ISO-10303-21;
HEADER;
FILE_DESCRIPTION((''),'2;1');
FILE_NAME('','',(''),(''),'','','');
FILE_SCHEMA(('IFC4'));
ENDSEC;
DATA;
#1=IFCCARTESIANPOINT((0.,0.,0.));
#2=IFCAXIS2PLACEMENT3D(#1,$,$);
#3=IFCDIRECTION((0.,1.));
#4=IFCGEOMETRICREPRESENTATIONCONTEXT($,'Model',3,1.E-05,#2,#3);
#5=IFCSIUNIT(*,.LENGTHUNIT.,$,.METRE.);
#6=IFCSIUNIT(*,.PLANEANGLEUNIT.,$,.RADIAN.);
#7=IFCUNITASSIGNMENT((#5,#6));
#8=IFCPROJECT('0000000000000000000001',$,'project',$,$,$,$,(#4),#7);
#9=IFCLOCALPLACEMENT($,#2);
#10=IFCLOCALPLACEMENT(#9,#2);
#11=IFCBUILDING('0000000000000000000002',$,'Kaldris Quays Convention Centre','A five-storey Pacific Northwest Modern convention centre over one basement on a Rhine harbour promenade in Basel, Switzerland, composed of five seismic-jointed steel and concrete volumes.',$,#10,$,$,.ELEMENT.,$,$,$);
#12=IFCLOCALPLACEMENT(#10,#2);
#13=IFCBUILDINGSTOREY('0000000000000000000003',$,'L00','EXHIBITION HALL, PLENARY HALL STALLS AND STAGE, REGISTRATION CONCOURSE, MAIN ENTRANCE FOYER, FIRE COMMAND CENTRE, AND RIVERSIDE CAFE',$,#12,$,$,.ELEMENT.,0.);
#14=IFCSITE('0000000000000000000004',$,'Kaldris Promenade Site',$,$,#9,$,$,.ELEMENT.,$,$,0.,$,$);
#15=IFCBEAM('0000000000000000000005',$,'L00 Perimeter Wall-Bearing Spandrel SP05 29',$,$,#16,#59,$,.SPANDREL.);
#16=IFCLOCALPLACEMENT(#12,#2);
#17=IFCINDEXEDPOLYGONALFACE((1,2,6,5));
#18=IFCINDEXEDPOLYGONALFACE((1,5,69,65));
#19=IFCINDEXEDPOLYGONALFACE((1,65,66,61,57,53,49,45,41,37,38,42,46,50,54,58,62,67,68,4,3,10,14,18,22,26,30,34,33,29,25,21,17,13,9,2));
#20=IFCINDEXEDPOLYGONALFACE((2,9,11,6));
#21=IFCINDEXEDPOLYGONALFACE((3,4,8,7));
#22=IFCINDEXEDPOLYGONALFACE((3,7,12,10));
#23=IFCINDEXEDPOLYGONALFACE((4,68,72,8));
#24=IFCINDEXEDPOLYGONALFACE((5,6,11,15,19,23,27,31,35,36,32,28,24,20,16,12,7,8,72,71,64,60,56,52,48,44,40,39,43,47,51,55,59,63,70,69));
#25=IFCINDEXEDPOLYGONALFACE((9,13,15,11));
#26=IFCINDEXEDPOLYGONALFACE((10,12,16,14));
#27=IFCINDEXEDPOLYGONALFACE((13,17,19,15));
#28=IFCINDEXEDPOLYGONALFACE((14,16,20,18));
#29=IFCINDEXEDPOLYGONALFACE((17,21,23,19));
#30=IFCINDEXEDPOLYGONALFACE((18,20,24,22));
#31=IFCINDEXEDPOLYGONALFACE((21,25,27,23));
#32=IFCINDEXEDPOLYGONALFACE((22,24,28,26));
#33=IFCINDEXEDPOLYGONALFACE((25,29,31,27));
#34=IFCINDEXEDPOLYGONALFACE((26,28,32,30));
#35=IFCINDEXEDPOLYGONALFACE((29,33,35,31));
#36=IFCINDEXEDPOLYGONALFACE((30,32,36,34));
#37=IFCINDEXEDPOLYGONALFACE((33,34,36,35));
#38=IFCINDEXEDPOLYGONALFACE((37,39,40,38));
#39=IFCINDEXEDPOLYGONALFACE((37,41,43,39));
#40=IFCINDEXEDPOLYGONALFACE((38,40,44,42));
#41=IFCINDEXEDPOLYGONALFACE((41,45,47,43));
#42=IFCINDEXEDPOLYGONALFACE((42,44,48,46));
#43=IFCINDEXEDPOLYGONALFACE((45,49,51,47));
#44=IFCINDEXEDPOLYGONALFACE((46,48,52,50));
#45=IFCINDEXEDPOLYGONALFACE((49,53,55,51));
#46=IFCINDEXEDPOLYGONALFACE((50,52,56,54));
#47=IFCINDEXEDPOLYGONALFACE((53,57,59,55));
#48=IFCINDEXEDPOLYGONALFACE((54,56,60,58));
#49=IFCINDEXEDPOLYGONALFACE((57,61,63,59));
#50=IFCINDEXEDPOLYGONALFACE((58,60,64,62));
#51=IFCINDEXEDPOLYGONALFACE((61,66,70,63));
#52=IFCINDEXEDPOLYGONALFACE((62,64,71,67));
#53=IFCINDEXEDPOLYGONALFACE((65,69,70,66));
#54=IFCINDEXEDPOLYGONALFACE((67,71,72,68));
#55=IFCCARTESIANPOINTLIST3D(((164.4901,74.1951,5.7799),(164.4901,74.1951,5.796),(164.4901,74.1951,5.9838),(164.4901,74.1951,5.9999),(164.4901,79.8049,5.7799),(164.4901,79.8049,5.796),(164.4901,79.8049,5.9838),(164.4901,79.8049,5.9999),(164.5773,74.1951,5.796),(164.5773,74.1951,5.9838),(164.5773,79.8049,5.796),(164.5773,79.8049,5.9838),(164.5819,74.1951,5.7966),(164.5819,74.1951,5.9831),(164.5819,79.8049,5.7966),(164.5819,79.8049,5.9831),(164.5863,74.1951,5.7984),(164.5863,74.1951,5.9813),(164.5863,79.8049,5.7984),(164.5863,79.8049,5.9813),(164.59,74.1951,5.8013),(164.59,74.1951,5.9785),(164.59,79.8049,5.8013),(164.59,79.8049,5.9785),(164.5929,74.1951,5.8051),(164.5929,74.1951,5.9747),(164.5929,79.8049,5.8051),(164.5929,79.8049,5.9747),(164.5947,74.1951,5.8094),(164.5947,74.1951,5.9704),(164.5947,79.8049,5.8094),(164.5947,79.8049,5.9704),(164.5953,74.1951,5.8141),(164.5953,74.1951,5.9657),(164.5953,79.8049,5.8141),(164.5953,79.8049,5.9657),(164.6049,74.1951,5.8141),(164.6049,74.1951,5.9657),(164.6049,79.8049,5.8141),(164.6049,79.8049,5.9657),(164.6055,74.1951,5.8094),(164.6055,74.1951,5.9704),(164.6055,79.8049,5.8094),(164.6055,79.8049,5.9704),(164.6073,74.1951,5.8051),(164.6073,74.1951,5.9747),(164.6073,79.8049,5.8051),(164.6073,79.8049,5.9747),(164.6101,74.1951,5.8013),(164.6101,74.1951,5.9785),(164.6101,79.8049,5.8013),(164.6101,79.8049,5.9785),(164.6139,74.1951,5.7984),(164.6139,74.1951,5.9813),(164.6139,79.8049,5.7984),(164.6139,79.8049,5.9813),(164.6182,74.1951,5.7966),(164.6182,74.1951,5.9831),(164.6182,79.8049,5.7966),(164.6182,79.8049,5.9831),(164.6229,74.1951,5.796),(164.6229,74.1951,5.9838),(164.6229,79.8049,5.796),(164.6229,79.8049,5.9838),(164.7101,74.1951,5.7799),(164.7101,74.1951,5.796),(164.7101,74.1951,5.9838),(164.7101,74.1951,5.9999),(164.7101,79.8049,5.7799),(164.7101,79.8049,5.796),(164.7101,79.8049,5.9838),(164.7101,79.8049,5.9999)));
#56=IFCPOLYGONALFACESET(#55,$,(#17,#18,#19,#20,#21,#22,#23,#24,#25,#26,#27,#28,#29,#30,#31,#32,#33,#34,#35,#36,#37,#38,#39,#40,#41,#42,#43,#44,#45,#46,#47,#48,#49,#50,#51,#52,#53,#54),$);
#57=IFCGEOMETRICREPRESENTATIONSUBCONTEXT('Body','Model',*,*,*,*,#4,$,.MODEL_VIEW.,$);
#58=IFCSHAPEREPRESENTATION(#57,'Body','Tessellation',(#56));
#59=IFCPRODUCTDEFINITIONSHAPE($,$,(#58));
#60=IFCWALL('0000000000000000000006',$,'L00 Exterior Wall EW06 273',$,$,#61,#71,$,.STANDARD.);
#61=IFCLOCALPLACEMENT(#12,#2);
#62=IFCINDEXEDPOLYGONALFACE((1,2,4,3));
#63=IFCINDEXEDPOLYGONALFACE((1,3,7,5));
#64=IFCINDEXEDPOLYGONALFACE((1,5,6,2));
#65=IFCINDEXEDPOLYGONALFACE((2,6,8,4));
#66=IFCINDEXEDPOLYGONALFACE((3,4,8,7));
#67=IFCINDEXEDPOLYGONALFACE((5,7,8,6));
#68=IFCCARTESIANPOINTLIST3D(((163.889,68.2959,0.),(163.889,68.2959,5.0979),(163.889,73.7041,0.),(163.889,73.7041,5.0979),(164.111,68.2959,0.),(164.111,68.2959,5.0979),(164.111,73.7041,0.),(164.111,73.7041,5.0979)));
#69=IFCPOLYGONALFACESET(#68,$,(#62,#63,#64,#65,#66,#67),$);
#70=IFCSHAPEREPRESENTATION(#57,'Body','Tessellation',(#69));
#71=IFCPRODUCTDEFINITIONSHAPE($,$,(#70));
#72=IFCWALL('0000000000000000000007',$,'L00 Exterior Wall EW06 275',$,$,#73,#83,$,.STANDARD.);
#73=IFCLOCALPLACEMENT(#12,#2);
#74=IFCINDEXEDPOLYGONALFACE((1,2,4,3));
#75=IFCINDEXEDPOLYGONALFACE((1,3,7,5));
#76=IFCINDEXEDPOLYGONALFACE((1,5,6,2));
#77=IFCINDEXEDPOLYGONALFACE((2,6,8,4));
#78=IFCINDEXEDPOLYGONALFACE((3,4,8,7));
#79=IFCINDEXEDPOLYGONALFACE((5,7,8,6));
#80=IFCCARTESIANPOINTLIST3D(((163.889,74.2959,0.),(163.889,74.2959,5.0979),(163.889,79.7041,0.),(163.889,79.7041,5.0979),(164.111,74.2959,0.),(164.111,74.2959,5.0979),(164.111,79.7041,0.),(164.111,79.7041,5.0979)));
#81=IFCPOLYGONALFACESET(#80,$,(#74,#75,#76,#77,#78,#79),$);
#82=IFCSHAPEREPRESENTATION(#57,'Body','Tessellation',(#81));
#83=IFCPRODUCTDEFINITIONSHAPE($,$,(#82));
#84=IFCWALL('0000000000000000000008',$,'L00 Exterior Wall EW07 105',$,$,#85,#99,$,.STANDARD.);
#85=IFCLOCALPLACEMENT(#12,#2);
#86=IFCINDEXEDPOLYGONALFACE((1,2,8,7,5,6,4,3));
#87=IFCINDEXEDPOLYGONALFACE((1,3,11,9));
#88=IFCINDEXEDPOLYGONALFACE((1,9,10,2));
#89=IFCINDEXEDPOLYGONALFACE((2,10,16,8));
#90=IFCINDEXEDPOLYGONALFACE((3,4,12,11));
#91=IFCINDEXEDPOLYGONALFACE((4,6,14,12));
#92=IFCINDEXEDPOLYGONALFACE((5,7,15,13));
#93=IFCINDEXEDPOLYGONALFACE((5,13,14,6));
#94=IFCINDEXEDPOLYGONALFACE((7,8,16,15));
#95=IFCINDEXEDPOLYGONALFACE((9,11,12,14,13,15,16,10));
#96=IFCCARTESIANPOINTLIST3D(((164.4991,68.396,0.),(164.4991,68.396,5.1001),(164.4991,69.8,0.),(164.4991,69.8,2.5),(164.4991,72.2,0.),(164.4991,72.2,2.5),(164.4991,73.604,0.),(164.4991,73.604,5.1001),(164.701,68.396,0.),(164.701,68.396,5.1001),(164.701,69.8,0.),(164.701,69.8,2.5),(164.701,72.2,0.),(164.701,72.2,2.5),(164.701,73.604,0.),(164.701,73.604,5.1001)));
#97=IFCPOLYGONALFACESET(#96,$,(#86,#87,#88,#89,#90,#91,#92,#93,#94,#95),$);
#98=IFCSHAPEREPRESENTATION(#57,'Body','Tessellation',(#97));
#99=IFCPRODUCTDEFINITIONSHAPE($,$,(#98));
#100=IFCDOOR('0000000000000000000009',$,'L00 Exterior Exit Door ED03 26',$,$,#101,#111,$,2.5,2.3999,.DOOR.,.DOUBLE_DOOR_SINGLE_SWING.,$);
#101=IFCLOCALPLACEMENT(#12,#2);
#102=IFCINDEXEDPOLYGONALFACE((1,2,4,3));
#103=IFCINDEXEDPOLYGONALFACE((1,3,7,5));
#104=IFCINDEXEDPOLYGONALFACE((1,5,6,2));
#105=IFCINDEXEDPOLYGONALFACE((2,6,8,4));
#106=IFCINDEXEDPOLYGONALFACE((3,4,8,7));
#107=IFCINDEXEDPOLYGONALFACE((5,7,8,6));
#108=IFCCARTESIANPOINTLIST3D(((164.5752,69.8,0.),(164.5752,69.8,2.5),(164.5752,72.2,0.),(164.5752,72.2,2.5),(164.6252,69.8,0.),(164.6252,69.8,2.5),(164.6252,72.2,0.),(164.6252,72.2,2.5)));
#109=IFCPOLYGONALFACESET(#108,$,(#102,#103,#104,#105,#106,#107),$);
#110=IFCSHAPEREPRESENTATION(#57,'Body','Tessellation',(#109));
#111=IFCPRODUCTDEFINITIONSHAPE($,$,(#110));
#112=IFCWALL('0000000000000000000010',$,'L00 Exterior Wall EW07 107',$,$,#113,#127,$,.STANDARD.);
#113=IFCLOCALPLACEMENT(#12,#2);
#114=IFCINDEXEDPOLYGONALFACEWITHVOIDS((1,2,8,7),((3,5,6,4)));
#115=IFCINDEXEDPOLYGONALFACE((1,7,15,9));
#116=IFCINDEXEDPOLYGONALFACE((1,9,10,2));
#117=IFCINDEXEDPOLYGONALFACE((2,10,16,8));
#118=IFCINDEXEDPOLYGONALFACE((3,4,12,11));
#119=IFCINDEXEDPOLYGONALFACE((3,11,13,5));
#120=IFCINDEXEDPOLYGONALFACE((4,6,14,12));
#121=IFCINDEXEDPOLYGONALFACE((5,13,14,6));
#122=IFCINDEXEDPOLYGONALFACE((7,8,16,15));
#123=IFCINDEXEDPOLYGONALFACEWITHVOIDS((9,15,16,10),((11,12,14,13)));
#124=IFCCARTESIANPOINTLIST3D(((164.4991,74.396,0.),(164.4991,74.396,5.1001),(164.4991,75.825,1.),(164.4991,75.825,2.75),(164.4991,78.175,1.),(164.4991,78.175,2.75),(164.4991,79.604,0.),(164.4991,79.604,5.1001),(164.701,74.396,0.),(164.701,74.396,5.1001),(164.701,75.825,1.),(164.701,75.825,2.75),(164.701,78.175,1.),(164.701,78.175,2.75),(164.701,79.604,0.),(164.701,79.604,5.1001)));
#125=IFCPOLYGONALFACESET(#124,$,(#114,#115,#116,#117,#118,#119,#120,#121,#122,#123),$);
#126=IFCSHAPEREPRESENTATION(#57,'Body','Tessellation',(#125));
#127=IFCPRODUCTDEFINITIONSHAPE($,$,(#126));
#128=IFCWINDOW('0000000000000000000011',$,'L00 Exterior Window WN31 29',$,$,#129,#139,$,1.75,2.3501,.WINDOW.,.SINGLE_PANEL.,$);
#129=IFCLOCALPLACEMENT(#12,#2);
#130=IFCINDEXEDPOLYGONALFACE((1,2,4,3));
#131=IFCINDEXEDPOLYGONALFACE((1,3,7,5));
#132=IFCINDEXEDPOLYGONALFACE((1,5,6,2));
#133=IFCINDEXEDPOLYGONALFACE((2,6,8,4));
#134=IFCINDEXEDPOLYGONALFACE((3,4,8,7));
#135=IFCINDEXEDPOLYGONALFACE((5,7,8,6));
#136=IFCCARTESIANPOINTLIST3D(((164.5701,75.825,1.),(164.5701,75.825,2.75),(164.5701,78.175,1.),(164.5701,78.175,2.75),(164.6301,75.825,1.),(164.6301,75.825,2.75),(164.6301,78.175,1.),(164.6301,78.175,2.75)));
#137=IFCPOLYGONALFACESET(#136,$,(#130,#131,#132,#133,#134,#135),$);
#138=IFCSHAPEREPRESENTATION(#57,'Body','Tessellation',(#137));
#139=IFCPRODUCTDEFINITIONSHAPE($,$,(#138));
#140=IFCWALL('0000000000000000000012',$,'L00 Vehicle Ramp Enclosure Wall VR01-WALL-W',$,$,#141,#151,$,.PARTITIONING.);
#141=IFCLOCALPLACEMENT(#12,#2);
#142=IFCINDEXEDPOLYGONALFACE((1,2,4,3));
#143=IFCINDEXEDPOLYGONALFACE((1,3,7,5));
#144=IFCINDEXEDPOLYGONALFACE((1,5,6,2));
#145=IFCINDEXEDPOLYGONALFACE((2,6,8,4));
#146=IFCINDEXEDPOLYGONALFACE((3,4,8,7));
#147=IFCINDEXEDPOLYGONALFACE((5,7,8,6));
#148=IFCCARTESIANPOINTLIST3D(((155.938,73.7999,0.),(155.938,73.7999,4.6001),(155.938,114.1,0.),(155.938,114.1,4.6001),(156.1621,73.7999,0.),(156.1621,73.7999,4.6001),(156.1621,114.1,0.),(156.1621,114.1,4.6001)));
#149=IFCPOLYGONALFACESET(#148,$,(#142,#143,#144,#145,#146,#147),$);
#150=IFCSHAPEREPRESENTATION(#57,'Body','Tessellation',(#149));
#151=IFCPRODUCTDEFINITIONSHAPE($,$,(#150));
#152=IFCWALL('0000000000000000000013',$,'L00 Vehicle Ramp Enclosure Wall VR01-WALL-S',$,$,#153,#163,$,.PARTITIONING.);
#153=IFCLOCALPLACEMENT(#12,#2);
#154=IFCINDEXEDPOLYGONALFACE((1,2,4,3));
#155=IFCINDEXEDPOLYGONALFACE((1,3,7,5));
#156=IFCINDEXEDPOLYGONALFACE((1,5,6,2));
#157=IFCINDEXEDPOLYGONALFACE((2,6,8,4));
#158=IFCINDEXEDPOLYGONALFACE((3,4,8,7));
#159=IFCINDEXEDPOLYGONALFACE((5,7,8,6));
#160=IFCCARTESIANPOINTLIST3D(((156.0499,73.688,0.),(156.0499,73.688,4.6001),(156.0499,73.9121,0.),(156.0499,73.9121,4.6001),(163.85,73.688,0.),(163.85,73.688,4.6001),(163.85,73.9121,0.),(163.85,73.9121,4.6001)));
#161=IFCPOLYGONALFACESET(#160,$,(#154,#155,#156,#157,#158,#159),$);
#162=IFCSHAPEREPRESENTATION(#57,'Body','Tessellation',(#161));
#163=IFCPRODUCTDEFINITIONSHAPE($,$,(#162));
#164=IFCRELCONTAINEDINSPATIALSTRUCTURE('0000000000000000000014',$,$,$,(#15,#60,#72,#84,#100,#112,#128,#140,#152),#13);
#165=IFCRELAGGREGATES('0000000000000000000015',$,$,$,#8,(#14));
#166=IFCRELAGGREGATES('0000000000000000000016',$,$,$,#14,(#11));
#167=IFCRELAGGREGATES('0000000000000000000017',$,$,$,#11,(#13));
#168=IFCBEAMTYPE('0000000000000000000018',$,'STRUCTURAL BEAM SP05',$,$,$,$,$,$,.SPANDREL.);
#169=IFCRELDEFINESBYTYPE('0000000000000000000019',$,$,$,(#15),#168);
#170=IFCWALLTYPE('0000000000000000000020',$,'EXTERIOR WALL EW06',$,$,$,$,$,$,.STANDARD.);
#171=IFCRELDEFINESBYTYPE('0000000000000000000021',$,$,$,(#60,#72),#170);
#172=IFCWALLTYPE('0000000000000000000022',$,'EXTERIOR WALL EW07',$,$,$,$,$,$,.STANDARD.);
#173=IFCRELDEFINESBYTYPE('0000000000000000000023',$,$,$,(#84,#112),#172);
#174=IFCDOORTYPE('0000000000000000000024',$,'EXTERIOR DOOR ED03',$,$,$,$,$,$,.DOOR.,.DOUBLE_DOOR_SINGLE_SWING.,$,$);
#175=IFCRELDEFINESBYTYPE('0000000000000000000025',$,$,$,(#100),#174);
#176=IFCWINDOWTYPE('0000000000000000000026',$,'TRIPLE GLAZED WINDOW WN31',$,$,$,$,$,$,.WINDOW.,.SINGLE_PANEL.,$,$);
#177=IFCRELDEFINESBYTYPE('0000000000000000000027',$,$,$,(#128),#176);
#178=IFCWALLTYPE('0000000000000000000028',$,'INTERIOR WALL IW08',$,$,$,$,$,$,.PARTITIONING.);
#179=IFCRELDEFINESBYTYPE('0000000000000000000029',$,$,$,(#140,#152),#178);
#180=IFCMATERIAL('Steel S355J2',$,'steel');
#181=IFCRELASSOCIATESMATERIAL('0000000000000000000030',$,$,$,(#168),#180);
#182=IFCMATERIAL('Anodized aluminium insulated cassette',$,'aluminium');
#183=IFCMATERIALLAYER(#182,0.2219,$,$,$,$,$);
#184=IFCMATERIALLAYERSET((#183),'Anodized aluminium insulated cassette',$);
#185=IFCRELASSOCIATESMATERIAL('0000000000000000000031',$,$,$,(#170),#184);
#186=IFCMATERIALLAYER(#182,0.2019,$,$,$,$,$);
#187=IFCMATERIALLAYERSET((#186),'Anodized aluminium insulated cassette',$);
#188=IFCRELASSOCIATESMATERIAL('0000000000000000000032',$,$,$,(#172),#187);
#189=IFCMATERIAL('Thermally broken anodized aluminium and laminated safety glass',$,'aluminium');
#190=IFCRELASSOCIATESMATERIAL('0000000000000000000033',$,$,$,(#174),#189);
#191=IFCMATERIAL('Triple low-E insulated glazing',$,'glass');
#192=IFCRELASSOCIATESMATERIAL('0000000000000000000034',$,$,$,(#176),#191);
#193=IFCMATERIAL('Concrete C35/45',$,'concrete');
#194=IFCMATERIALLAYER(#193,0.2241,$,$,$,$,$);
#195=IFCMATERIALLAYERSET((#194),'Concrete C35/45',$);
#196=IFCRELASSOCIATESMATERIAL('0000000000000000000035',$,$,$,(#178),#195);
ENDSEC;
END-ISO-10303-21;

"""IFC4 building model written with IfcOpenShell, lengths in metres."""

from ifc_helpers import new_model, si_unit, direction, frame, frame_2d, origin, origin_2d, place, context, subcontext, project, spatial, rectangle, i_section, extrude, material, layer, layer_set, material_profile, profile_set, type_object, element, fill, save


model = new_model("IFC4")

# Units and contexts
model_context = context("Model", 3, precision=1e-05, world=origin(), true_north=direction((0.0, 1.0)))
body_context = subcontext(model_context, "Body", "Model", "MODEL_VIEW")
ifc_project = project(units=[si_unit("LENGTHUNIT", "METRE"), si_unit("PLANEANGLEUNIT", "RADIAN")], contexts=[model_context])

# Site, building, storey
site_placement = place(None, origin())
site = spatial("IfcSite", under=ifc_project, at=site_placement, Name="Kaldris Promenade Site", CompositionType="ELEMENT", RefElevation=0.0)
building_placement = place(site_placement, origin())
building = spatial("IfcBuilding", under=site, at=building_placement, Name="Kaldris Quays Convention Centre", Description="A five-storey Pacific Northwest Modern convention centre over one basement on a Rhine harbour promenade in Basel, Switzerland, composed of five seismic-jointed steel and concrete volumes.", CompositionType="ELEMENT")
storey_placement = place(building_placement, origin())
storey = spatial("IfcBuildingStorey", under=building, at=storey_placement, Name="L00", Description="EXHIBITION HALL, PLENARY HALL STALLS AND STAGE, REGISTRATION CONCOURSE, MAIN ENTRANCE FOYER, FIRE COMMAND CENTRE, AND RIVERSIDE CAFE", CompositionType="ELEMENT", Elevation=0.0)

# Shared definitions
ifc_material_1 = material(Name="Steel S355J2", Category="steel")

# Beam
ifc_material_profile_1 = material_profile(ifc_material_1, i_section(OverallWidth=0.22, OverallDepth=0.22, WebThickness=0.0095, FlangeThickness=0.0161, FilletRadius=0.0181, at=origin_2d()), Name="HEB 220")
ifc_profile_set_1 = profile_set([ifc_material_profile_1], Name="Steel S355J2")
beam_type_1 = type_object("IfcBeamType", Name="STRUCTURAL BEAM SP05", PredefinedType="SPANDREL", material=ifc_profile_set_1)
beam_1_placement = place(storey_placement, frame((164.6001, 74.1951, 5.8899), z_axis=(0.0, 1.0, 0.0), x_axis=(-1.0, 0.0, 0.0)))
element("IfcBeam", 1, at=beam_1_placement, inside=storey, type_object=beam_type_1, Name="L00 Perimeter Wall-Bearing Spandrel SP05 29", PredefinedType="SPANDREL", context=body_context, shape_type="SweptSolid", body=[
    extrude(i_section(OverallWidth=0.22, OverallDepth=0.22, WebThickness=0.0095, FlangeThickness=0.0161, FilletRadius=0.0181, at=origin_2d()), origin(), (0.0, 0.0, 1.0), 5.6099),
])

# Walls
ifc_material_2 = material(Name="Anodized aluminium insulated cassette", Category="aluminium")
ifc_layer_1 = layer(ifc_material_2, 0.2219)
ifc_layer_set_1 = layer_set([ifc_layer_1], Name="Anodized aluminium insulated cassette")
wall_type_1 = type_object("IfcWallType", Name="EXTERIOR WALL EW06", PredefinedType="STANDARD", material=ifc_layer_set_1)
for number, where, z_axis, x_axis, name in (
    (2, (164.0, 68.2959, 0.0), (0.0, 0.0, 1.0), (0.0, 1.0, 0.0), "L00 Exterior Wall EW06 273"),
    (3, (164.0, 74.2959, 0.0), (0.0, 0.0, 1.0), (0.0, 1.0, 0.0), "L00 Exterior Wall EW06 275"),
):
    element("IfcWall", number, at=place(storey_placement, frame(where, z_axis=z_axis, x_axis=x_axis)), inside=storey, type_object=wall_type_1, Name=name, PredefinedType="STANDARD", context=body_context, shape_type="SweptSolid", body=[
        extrude(rectangle(XDim=5.4082, YDim=0.2219, at=frame_2d((2.7041, 0.0))), origin(), (0.0, 0.0, 1.0), 5.0979),
    ])

# Wall, opening, door
ifc_layer_2 = layer(ifc_material_2, 0.2019)
ifc_layer_set_2 = layer_set([ifc_layer_2], Name="Anodized aluminium insulated cassette")
wall_type_2 = type_object("IfcWallType", Name="EXTERIOR WALL EW07", PredefinedType="STANDARD", material=ifc_layer_set_2)
wall_1_placement = place(storey_placement, frame((164.6001, 68.396, 0.0), z_axis=(0.0, 0.0, 1.0), x_axis=(0.0, 1.0, 0.0)))
wall_1 = element("IfcWall", 4, at=wall_1_placement, inside=storey, type_object=wall_type_2, Name="L00 Exterior Wall EW07 105", PredefinedType="STANDARD", context=body_context, shape_type="SweptSolid", body=[
    extrude(rectangle(XDim=5.208, YDim=0.2019, at=frame_2d((2.604, 0.0))), origin(), (0.0, 0.0, 1.0), 5.1001),
])
opening_1_placement = place(wall_1_placement, frame((1.4041, 0.0, 0.0)))
opening_1 = element("IfcOpeningElement", 5, at=opening_1_placement, cuts=wall_1, PredefinedType="OPENING", context=body_context, shape_type="SweptSolid", body=[
    extrude(rectangle(XDim=2.3999, YDim=2.5, at=frame_2d((1.2, 1.25))), frame((0.0, 0.1108, 0.0), z_axis=(0.0, -1.0, 0.0), x_axis=(1.0, 0.0, 0.0)), (0.0, 0.0, 1.0), 0.2219),
])
ifc_material_3 = material(Name="Thermally broken anodized aluminium and laminated safety glass", Category="aluminium")
door_type = type_object("IfcDoorType", Name="EXTERIOR DOOR ED03", OperationType="DOUBLE_DOOR_SINGLE_SWING", PredefinedType="DOOR", material=ifc_material_3)
door_placement = place(opening_1_placement, origin())
door = element("IfcDoor", 6, at=door_placement, inside=storey, type_object=door_type, Name="L00 Exterior Exit Door ED03 26", OperationType="DOUBLE_DOOR_SINGLE_SWING", OverallHeight=2.5, OverallWidth=2.3999, PredefinedType="DOOR", context=body_context, shape_type="SweptSolid", body=[
    extrude(rectangle(XDim=2.3999, YDim=2.5, at=frame_2d((1.2, 1.25))), frame((0.0, 0.0249, 0.0), z_axis=(0.0, -1.0, 0.0), x_axis=(1.0, 0.0, 0.0)), (0.0, 0.0, 1.0), 0.05),
])
fill(opening_1, door)

# Wall, opening, window
wall_2_placement = place(storey_placement, frame((164.6001, 74.396, 0.0), z_axis=(0.0, 0.0, 1.0), x_axis=(0.0, 1.0, 0.0)))
wall_2 = element("IfcWall", 7, at=wall_2_placement, inside=storey, type_object=wall_type_2, Name="L00 Exterior Wall EW07 107", PredefinedType="STANDARD", context=body_context, shape_type="SweptSolid", body=[
    extrude(rectangle(XDim=5.208, YDim=0.2019, at=frame_2d((2.604, 0.0))), origin(), (0.0, 0.0, 1.0), 5.1001),
])
opening_2_placement = place(wall_2_placement, frame((1.429, 0.0, 1.0)))
opening_2 = element("IfcOpeningElement", 8, at=opening_2_placement, cuts=wall_2, PredefinedType="OPENING", context=body_context, shape_type="SweptSolid", body=[
    extrude(rectangle(XDim=2.3501, YDim=1.75, at=frame_2d((1.175, 0.875))), frame((0.0, 0.1108, 0.0), z_axis=(0.0, -1.0, 0.0), x_axis=(1.0, 0.0, 0.0)), (0.0, 0.0, 1.0), 0.2219),
])
ifc_material_4 = material(Name="Triple low-E insulated glazing", Category="glass")
window_type = type_object("IfcWindowType", Name="TRIPLE GLAZED WINDOW WN31", PartitioningType="SINGLE_PANEL", PredefinedType="WINDOW", material=ifc_material_4)
window_placement = place(opening_2_placement, origin())
window = element("IfcWindow", 9, at=window_placement, inside=storey, type_object=window_type, Name="L00 Exterior Window WN31 29", OverallHeight=1.75, OverallWidth=2.3501, PartitioningType="SINGLE_PANEL", PredefinedType="WINDOW", context=body_context, shape_type="SweptSolid", body=[
    extrude(rectangle(XDim=2.3501, YDim=1.75, at=frame_2d((1.175, 0.875))), frame((0.0, 0.03, 0.0), z_axis=(0.0, -1.0, 0.0), x_axis=(1.0, 0.0, 0.0)), (0.0, 0.0, 1.0), 0.0601),
])
fill(opening_2, window)

# Walls
ifc_material_5 = material(Name="Concrete C35/45", Category="concrete")
ifc_layer_3 = layer(ifc_material_5, 0.2241)
ifc_layer_set_3 = layer_set([ifc_layer_3], Name="Concrete C35/45")
wall_type_3 = type_object("IfcWallType", Name="INTERIOR WALL IW08", PredefinedType="PARTITIONING", material=ifc_layer_set_3)
wall_3_placement = place(storey_placement, frame((156.05, 73.8, 0.0), z_axis=(0.0, 0.0, 1.0), x_axis=(0.0, 1.0, 0.0)))
element("IfcWall", 10, at=wall_3_placement, inside=storey, type_object=wall_type_3, Name="L00 Vehicle Ramp Enclosure Wall VR01-WALL-W", PredefinedType="PARTITIONING", context=body_context, shape_type="SweptSolid", body=[
    extrude(rectangle(XDim=40.3, YDim=0.2241, at=frame_2d((20.1499, 0.0))), origin(), (0.0, 0.0, 1.0), 4.6001),
])
wall_4_placement = place(storey_placement, frame((156.05, 73.8, 0.0), z_axis=(0.0, 0.0, 1.0), x_axis=(1.0, 0.0, 0.0)))
element("IfcWall", 11, at=wall_4_placement, inside=storey, type_object=wall_type_3, Name="L00 Vehicle Ramp Enclosure Wall VR01-WALL-S", PredefinedType="PARTITIONING", context=body_context, shape_type="SweptSolid", body=[
    extrude(rectangle(XDim=7.8, YDim=0.2241, at=frame_2d((3.8999, 0.0))), origin(), (0.0, 0.0, 1.0), 4.6001),
])

save(model, "model.ifc")
